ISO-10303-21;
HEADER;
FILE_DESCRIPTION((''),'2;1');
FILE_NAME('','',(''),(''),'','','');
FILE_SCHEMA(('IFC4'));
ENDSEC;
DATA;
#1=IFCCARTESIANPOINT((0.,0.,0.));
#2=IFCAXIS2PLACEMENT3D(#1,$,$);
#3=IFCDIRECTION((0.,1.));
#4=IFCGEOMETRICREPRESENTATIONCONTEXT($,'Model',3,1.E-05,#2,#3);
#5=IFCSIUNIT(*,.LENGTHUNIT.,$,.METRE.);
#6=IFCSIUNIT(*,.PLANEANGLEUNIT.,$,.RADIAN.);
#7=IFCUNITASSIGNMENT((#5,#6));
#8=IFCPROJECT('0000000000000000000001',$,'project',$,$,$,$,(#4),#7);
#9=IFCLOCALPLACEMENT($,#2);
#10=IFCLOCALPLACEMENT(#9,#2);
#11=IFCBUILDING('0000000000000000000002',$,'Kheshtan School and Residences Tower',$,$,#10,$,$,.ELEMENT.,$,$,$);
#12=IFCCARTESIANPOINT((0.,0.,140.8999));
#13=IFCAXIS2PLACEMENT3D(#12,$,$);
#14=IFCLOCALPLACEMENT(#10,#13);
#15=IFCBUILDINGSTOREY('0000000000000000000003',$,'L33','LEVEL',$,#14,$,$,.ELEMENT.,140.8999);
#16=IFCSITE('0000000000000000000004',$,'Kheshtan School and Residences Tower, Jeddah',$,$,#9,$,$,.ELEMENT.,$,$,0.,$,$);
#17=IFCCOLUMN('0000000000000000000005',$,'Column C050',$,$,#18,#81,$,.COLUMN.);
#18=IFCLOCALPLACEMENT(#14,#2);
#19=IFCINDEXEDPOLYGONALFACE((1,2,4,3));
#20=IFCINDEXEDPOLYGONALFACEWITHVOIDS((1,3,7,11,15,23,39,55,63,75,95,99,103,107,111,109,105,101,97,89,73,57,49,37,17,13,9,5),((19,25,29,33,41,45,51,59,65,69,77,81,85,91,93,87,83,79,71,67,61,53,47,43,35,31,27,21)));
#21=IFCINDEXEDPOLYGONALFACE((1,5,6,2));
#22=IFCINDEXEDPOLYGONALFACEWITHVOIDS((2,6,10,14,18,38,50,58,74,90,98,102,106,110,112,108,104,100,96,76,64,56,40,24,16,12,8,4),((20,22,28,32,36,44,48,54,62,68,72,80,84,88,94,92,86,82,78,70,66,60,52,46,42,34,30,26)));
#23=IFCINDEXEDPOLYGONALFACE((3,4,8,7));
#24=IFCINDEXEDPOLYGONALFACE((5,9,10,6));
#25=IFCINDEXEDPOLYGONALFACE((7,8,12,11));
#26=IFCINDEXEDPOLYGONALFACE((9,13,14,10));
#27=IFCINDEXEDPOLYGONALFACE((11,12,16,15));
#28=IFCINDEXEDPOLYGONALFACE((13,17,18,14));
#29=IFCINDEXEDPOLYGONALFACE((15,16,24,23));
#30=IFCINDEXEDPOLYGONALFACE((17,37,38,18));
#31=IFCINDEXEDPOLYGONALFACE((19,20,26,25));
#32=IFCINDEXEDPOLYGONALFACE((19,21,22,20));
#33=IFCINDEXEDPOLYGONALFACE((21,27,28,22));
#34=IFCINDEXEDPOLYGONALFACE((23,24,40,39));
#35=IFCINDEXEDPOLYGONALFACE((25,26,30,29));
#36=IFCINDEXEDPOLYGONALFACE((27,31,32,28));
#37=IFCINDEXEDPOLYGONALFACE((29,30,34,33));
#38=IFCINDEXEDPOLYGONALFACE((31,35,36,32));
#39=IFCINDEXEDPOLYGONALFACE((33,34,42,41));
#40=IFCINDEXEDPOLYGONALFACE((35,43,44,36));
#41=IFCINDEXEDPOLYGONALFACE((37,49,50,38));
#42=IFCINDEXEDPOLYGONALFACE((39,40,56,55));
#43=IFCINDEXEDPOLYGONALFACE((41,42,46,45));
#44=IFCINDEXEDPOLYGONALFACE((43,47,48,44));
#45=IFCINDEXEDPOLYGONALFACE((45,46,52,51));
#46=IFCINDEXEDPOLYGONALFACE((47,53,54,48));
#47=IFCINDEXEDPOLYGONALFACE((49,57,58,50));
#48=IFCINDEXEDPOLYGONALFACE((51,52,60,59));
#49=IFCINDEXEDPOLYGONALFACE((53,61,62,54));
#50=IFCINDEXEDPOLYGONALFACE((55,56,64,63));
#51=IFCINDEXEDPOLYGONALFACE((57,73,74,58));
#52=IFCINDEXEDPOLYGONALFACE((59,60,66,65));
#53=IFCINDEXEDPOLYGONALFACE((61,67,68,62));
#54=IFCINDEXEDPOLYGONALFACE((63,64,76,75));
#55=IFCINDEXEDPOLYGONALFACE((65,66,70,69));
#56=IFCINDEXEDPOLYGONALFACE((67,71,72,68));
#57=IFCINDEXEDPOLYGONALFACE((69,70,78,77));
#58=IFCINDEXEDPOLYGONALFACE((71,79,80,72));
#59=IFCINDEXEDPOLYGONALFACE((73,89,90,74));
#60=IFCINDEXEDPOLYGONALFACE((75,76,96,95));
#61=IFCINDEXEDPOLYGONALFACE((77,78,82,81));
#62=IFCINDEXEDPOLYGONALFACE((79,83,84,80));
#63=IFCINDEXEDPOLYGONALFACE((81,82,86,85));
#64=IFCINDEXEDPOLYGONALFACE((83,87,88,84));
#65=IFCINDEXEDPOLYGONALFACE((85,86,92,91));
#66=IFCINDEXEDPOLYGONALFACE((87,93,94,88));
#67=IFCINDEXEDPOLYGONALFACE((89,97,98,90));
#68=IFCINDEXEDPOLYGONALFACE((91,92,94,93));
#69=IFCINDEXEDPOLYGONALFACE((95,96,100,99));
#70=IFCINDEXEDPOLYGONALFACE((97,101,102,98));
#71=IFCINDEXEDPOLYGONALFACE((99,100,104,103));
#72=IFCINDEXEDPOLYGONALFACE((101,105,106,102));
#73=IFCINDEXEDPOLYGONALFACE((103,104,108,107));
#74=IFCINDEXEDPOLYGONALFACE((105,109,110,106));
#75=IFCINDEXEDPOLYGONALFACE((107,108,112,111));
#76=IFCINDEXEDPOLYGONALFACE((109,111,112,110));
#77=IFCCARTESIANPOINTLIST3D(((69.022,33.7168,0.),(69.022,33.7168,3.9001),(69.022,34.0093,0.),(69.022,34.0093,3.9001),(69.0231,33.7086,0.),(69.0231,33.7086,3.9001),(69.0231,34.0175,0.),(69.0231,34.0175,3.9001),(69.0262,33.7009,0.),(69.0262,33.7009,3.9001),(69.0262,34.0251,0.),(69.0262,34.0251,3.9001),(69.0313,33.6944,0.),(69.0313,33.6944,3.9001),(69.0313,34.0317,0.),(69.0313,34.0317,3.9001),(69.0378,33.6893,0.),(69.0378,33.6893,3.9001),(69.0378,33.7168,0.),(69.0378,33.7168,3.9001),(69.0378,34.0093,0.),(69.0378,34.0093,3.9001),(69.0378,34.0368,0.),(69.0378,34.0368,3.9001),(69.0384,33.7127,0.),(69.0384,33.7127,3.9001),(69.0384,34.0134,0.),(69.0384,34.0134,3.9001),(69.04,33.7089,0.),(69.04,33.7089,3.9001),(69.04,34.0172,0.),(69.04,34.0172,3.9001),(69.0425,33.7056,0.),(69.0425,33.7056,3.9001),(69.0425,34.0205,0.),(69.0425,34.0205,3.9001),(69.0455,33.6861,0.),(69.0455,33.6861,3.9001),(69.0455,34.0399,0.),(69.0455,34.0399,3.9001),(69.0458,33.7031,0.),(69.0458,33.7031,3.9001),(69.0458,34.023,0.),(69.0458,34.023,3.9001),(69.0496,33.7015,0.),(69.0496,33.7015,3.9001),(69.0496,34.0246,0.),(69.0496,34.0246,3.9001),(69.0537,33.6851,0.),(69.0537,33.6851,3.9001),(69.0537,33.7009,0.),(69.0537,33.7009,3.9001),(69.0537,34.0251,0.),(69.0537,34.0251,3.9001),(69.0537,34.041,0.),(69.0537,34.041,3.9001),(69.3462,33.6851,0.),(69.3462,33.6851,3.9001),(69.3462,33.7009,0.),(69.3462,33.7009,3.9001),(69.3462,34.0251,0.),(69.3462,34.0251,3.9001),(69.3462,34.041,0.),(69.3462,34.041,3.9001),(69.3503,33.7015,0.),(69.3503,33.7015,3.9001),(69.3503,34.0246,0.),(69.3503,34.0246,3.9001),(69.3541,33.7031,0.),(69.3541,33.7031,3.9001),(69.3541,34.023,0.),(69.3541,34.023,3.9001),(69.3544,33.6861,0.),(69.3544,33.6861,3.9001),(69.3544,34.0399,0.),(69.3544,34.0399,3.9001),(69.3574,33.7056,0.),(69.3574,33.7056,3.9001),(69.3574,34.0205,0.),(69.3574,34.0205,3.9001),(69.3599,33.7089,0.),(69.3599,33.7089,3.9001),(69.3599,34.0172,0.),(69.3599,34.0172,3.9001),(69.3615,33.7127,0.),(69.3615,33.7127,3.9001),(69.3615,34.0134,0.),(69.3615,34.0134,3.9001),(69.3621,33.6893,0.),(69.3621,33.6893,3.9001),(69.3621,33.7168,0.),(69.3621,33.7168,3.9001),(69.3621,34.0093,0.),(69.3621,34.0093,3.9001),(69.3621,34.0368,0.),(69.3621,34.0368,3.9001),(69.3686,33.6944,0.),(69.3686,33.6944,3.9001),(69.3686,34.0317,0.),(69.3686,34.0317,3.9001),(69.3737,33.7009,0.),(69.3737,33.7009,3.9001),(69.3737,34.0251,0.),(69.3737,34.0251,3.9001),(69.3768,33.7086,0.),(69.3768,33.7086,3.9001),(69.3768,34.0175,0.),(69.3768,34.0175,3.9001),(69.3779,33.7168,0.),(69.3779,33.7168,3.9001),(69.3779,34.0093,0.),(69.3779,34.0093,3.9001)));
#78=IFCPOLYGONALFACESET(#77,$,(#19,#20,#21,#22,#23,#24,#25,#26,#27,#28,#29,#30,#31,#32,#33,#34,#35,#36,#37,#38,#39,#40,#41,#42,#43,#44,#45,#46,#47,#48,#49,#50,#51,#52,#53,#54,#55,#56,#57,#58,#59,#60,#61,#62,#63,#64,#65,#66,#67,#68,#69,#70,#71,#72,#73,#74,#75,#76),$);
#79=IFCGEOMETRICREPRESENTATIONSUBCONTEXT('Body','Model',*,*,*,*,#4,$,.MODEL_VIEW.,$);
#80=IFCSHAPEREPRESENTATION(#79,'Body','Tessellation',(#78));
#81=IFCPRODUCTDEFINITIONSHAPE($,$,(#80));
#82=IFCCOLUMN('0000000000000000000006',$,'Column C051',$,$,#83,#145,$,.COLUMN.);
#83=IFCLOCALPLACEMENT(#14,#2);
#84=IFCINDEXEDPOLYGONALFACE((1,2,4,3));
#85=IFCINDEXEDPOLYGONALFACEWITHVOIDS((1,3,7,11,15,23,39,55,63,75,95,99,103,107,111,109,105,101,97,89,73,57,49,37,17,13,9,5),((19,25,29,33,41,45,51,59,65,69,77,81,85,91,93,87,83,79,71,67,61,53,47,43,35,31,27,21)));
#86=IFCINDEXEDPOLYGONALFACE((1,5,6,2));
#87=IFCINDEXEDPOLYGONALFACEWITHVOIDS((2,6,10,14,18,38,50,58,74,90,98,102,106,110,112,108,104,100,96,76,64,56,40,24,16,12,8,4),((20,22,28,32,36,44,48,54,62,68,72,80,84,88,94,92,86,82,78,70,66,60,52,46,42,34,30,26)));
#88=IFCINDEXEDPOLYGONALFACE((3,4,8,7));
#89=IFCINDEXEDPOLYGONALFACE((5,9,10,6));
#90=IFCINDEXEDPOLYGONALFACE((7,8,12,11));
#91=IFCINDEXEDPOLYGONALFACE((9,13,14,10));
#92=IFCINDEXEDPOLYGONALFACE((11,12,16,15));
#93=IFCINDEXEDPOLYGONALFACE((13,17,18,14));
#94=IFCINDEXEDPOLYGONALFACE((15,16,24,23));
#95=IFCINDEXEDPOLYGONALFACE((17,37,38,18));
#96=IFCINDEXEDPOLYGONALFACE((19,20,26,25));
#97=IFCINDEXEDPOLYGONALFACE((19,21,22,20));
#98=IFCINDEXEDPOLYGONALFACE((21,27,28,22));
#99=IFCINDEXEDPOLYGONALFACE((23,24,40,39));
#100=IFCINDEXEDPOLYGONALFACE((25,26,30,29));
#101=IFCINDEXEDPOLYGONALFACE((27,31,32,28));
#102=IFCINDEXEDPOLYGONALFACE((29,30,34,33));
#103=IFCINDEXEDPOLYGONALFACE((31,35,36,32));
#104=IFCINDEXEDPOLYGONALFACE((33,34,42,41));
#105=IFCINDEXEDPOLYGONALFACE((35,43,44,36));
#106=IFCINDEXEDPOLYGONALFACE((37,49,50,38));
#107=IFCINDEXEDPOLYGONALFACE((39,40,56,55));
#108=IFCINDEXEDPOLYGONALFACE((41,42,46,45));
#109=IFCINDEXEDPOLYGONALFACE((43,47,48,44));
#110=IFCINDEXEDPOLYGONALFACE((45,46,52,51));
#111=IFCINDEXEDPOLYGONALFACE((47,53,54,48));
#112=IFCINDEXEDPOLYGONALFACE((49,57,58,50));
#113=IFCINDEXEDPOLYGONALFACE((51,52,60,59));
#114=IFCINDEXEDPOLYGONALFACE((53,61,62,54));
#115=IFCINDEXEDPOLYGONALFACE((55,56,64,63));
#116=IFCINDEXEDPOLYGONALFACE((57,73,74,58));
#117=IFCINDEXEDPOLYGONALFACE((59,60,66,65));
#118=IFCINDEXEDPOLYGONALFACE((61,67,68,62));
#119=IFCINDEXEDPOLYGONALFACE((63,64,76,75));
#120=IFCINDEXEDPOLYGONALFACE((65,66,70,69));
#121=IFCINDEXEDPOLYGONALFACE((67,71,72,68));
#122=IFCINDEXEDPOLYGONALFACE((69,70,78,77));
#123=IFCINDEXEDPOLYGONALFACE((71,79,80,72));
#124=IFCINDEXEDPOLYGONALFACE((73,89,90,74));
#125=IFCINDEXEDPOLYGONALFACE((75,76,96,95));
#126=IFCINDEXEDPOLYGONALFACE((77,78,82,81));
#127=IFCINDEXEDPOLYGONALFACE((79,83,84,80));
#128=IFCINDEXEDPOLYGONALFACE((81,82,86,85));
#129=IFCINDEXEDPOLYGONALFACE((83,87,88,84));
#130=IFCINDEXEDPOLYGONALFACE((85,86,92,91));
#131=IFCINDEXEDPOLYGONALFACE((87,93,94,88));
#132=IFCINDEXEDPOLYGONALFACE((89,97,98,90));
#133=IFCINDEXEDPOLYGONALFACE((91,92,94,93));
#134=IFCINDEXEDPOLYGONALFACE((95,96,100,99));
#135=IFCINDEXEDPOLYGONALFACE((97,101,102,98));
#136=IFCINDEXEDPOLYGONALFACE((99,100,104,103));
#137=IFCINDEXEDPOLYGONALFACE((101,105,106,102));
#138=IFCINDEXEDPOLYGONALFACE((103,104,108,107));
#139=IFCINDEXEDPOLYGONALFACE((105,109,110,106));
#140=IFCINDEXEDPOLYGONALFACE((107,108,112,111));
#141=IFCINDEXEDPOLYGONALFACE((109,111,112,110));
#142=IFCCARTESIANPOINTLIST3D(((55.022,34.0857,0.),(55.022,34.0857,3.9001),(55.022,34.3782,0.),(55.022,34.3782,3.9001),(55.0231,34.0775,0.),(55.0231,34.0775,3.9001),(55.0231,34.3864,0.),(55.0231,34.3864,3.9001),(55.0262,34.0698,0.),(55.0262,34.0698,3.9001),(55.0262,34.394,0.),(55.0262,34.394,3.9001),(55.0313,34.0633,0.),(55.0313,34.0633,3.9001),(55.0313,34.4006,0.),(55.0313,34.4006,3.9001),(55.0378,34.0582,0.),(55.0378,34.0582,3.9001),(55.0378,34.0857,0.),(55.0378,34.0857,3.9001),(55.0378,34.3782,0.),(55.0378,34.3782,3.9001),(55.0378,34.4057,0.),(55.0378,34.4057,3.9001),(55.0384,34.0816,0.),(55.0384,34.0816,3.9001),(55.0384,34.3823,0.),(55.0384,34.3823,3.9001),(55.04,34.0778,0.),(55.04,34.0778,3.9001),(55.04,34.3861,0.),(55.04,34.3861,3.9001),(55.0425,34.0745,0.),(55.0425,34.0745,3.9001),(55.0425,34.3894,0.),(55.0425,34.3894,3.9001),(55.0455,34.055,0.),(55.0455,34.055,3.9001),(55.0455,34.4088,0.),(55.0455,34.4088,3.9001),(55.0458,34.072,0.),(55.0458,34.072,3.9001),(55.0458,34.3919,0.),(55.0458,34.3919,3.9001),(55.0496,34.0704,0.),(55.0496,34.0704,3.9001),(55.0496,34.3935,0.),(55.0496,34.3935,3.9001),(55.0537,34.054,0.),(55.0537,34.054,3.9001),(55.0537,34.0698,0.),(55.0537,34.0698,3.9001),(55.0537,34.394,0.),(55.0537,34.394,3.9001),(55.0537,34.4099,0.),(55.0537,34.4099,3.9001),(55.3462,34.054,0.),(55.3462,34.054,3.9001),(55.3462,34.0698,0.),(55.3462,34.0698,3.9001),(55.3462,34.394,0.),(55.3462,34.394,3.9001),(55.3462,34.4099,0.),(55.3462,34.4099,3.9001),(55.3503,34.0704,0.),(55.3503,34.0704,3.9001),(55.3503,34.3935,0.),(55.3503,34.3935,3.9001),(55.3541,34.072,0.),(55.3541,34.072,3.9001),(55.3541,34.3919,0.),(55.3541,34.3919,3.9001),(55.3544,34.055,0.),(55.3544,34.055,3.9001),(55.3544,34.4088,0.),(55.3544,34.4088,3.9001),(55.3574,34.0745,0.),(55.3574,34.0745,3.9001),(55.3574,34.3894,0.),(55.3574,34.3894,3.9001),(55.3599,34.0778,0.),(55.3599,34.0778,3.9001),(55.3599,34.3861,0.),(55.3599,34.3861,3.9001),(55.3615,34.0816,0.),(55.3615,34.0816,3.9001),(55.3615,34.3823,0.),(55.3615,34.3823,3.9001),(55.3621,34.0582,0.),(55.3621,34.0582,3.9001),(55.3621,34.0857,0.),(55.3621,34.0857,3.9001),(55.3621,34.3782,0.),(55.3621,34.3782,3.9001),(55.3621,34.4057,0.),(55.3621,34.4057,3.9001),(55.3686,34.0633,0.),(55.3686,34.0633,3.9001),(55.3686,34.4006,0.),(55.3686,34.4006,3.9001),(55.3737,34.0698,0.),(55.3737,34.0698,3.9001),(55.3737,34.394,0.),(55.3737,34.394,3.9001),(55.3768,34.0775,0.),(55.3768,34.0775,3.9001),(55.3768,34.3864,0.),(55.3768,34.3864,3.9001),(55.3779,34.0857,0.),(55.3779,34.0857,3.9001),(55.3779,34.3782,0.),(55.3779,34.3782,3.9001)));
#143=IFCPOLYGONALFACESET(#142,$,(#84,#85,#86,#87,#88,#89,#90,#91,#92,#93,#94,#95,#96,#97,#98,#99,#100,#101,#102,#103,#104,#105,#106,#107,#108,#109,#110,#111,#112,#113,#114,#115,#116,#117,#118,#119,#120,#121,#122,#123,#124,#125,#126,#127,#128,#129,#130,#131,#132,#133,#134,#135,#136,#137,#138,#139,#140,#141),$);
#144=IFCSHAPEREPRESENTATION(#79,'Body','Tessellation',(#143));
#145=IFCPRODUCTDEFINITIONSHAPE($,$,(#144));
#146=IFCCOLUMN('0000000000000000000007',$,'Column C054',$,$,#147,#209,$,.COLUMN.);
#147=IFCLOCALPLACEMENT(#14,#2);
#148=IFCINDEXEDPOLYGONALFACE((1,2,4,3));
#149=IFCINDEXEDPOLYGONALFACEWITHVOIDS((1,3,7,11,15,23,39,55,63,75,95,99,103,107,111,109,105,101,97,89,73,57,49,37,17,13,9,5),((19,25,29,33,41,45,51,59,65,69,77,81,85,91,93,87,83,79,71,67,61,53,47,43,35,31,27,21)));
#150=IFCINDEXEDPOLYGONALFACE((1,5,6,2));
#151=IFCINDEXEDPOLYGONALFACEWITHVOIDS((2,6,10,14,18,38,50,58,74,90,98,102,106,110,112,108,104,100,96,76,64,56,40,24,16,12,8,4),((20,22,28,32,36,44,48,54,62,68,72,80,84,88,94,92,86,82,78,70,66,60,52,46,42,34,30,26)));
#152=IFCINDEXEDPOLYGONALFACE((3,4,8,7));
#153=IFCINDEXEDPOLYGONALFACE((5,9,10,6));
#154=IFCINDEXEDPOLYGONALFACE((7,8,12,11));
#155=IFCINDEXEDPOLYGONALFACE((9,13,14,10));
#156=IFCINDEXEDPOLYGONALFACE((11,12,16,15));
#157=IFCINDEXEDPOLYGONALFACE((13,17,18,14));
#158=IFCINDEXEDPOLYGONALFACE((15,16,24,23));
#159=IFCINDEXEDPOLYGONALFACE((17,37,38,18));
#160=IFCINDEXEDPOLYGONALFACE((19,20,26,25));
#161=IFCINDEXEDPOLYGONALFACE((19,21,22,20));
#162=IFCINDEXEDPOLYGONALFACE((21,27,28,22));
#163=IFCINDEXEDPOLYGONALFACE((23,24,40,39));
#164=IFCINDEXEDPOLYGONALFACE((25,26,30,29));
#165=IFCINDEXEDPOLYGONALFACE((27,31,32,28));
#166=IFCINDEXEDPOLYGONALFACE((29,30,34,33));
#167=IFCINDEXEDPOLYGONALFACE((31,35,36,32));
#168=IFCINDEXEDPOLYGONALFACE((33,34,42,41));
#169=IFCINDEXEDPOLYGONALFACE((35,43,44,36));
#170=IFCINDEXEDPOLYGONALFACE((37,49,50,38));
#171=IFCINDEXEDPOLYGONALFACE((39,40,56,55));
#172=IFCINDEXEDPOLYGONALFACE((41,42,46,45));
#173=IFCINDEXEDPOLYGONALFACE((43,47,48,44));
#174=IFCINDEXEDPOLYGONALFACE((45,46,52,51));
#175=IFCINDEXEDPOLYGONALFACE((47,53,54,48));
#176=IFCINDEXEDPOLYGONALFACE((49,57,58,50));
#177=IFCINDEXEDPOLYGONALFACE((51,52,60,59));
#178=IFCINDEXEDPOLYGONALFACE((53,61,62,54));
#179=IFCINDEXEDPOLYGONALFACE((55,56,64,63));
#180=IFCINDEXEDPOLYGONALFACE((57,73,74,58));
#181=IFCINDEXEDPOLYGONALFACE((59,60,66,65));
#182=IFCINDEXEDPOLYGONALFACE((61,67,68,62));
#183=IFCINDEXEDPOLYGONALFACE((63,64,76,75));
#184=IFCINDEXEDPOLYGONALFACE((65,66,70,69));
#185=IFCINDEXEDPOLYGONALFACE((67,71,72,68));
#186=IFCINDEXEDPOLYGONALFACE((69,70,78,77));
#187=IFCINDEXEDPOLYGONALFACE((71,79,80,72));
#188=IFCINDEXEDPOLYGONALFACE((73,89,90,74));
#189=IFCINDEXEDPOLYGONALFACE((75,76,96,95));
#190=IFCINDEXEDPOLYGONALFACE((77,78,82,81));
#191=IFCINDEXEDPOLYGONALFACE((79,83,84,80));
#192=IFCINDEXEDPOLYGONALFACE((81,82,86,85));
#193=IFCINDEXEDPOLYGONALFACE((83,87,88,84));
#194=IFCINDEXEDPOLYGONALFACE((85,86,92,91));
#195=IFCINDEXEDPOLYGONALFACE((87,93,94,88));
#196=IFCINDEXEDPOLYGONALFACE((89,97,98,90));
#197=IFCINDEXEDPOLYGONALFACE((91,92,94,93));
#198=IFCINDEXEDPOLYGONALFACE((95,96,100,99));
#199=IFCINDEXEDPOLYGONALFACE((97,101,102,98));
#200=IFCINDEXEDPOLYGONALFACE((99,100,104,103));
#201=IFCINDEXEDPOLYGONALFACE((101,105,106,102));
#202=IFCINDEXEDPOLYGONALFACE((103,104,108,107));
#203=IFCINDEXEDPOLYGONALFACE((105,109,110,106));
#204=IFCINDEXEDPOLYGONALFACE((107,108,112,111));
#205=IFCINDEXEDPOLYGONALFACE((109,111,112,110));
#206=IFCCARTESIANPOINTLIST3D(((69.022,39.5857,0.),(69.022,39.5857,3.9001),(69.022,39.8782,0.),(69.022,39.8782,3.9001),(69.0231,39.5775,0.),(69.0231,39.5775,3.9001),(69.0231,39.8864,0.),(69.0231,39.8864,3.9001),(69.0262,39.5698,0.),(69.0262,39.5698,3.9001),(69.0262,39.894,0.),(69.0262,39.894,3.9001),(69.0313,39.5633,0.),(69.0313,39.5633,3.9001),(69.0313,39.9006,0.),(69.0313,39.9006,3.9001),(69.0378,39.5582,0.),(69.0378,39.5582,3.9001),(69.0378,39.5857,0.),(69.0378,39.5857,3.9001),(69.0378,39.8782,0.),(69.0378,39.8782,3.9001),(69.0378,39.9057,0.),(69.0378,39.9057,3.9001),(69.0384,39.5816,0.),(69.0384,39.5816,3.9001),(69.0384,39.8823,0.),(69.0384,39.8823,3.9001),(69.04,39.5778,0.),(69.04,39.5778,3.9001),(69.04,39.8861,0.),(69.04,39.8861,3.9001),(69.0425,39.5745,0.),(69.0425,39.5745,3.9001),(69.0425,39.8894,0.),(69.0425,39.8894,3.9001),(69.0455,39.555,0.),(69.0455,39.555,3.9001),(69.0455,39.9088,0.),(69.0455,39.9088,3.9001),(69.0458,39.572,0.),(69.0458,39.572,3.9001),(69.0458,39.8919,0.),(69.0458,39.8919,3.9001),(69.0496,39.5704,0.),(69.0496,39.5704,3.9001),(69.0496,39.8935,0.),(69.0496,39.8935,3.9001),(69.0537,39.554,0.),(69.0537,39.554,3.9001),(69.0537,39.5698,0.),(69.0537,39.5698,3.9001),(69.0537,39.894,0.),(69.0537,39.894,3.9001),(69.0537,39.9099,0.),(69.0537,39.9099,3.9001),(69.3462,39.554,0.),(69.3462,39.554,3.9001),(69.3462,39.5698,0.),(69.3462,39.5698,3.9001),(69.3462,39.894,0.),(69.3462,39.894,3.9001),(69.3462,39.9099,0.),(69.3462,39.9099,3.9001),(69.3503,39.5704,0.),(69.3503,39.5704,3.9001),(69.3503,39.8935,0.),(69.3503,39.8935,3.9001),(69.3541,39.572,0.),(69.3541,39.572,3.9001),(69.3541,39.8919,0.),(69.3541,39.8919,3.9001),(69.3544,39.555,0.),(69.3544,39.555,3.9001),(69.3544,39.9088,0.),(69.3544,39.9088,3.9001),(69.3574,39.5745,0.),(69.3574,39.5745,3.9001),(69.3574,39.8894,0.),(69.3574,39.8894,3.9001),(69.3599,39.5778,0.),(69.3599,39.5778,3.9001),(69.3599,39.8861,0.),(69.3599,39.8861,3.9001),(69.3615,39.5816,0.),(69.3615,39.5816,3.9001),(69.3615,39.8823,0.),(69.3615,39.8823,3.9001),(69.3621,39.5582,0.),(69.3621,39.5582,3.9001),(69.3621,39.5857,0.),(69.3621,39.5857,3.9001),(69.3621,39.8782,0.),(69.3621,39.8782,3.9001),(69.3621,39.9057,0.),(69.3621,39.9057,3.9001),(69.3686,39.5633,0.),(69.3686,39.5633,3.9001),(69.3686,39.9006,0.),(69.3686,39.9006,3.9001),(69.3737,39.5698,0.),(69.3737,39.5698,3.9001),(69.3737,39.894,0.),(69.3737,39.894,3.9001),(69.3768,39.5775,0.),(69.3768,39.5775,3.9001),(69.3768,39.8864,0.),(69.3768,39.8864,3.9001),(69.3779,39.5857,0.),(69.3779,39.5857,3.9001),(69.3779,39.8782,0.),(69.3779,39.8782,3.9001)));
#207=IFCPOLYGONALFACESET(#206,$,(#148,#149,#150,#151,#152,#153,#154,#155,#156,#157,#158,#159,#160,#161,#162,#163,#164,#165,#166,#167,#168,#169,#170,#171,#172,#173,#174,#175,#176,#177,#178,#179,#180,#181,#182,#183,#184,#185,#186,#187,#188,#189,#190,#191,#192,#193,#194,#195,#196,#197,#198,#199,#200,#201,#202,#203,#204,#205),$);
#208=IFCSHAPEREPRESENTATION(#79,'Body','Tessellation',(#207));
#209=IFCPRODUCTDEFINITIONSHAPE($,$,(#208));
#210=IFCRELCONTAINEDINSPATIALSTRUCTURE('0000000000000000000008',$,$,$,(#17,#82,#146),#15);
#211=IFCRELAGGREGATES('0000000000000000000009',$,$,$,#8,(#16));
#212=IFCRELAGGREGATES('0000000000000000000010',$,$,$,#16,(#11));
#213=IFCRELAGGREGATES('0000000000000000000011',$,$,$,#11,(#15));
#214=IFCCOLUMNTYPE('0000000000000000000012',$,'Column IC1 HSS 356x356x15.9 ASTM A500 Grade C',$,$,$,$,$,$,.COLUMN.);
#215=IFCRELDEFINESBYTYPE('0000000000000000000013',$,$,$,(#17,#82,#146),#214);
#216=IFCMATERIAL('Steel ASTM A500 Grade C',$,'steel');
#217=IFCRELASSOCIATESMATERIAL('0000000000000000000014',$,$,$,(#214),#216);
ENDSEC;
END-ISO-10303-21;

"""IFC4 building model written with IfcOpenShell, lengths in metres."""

from ifc_helpers import new_model, si_unit, direction, frame, origin, origin_2d, place, context, subcontext, project, spatial, hollow_rectangle, extrude, material, material_profile, profile_set, type_object, element, save


model = new_model("IFC4")

# Units and contexts
model_context = context("Model", 3, precision=1e-05, world=origin(), true_north=direction((0.0, 1.0)))
body_context = subcontext(model_context, "Body", "Model", "MODEL_VIEW")
ifc_project = project(units=[si_unit("LENGTHUNIT", "METRE"), si_unit("PLANEANGLEUNIT", "RADIAN")], contexts=[model_context])

# Site, building, storey
site_placement = place(None, origin())
site = spatial("IfcSite", under=ifc_project, at=site_placement, Name="Kheshtan School and Residences Tower, Jeddah", CompositionType="ELEMENT", RefElevation=0.0)
building_placement = place(site_placement, origin())
building = spatial("IfcBuilding", under=site, at=building_placement, Name="Kheshtan School and Residences Tower", CompositionType="ELEMENT")
storey_placement = place(building_placement, frame((0.0, 0.0, 140.8999)))
storey = spatial("IfcBuildingStorey", under=building, at=storey_placement, Name="L33", Description="LEVEL", CompositionType="ELEMENT", Elevation=140.8999)

# Columns
ifc_material_1 = material(Name="Steel ASTM A500 Grade C", Category="steel")
ifc_material_profile_1 = material_profile(ifc_material_1, hollow_rectangle(XDim=0.356, YDim=0.356, WallThickness=0.0159, InnerFilletRadius=0.0159, OuterFilletRadius=0.0317, at=origin_2d()), Name="HSS 356x356x15.9")
ifc_profile_set_1 = profile_set([ifc_material_profile_1], Name="Steel ASTM A500 Grade C")
column_type = type_object("IfcColumnType", Name="Column IC1 HSS 356x356x15.9 ASTM A500 Grade C", PredefinedType="COLUMN", material=ifc_profile_set_1)
for number, where, z_axis, x_axis, name in (
    (1, (69.2, 33.863, 0.0), (0.0, 0.0, 1.0), (1.0, 0.0, 0.0), "Column C050"),
    (2, (55.2, 34.2319, 0.0), (0.0, 0.0, 1.0), (1.0, 0.0, 0.0), "Column C051"),
    (3, (69.2, 39.7319, 0.0), (0.0, 0.0, 1.0), (1.0, 0.0, 0.0), "Column C054"),
):
    element("IfcColumn", number, at=place(storey_placement, frame(where, z_axis=z_axis, x_axis=x_axis)), inside=storey, type_object=column_type, Name=name, PredefinedType="COLUMN", context=body_context, shape_type="SweptSolid", body=[
        extrude(hollow_rectangle(XDim=0.356, YDim=0.356, WallThickness=0.0159, InnerFilletRadius=0.0159, OuterFilletRadius=0.0317, at=origin_2d()), origin(), (0.0, 0.0, 1.0), 3.9001),
    ])

save(model, "model.ifc")
